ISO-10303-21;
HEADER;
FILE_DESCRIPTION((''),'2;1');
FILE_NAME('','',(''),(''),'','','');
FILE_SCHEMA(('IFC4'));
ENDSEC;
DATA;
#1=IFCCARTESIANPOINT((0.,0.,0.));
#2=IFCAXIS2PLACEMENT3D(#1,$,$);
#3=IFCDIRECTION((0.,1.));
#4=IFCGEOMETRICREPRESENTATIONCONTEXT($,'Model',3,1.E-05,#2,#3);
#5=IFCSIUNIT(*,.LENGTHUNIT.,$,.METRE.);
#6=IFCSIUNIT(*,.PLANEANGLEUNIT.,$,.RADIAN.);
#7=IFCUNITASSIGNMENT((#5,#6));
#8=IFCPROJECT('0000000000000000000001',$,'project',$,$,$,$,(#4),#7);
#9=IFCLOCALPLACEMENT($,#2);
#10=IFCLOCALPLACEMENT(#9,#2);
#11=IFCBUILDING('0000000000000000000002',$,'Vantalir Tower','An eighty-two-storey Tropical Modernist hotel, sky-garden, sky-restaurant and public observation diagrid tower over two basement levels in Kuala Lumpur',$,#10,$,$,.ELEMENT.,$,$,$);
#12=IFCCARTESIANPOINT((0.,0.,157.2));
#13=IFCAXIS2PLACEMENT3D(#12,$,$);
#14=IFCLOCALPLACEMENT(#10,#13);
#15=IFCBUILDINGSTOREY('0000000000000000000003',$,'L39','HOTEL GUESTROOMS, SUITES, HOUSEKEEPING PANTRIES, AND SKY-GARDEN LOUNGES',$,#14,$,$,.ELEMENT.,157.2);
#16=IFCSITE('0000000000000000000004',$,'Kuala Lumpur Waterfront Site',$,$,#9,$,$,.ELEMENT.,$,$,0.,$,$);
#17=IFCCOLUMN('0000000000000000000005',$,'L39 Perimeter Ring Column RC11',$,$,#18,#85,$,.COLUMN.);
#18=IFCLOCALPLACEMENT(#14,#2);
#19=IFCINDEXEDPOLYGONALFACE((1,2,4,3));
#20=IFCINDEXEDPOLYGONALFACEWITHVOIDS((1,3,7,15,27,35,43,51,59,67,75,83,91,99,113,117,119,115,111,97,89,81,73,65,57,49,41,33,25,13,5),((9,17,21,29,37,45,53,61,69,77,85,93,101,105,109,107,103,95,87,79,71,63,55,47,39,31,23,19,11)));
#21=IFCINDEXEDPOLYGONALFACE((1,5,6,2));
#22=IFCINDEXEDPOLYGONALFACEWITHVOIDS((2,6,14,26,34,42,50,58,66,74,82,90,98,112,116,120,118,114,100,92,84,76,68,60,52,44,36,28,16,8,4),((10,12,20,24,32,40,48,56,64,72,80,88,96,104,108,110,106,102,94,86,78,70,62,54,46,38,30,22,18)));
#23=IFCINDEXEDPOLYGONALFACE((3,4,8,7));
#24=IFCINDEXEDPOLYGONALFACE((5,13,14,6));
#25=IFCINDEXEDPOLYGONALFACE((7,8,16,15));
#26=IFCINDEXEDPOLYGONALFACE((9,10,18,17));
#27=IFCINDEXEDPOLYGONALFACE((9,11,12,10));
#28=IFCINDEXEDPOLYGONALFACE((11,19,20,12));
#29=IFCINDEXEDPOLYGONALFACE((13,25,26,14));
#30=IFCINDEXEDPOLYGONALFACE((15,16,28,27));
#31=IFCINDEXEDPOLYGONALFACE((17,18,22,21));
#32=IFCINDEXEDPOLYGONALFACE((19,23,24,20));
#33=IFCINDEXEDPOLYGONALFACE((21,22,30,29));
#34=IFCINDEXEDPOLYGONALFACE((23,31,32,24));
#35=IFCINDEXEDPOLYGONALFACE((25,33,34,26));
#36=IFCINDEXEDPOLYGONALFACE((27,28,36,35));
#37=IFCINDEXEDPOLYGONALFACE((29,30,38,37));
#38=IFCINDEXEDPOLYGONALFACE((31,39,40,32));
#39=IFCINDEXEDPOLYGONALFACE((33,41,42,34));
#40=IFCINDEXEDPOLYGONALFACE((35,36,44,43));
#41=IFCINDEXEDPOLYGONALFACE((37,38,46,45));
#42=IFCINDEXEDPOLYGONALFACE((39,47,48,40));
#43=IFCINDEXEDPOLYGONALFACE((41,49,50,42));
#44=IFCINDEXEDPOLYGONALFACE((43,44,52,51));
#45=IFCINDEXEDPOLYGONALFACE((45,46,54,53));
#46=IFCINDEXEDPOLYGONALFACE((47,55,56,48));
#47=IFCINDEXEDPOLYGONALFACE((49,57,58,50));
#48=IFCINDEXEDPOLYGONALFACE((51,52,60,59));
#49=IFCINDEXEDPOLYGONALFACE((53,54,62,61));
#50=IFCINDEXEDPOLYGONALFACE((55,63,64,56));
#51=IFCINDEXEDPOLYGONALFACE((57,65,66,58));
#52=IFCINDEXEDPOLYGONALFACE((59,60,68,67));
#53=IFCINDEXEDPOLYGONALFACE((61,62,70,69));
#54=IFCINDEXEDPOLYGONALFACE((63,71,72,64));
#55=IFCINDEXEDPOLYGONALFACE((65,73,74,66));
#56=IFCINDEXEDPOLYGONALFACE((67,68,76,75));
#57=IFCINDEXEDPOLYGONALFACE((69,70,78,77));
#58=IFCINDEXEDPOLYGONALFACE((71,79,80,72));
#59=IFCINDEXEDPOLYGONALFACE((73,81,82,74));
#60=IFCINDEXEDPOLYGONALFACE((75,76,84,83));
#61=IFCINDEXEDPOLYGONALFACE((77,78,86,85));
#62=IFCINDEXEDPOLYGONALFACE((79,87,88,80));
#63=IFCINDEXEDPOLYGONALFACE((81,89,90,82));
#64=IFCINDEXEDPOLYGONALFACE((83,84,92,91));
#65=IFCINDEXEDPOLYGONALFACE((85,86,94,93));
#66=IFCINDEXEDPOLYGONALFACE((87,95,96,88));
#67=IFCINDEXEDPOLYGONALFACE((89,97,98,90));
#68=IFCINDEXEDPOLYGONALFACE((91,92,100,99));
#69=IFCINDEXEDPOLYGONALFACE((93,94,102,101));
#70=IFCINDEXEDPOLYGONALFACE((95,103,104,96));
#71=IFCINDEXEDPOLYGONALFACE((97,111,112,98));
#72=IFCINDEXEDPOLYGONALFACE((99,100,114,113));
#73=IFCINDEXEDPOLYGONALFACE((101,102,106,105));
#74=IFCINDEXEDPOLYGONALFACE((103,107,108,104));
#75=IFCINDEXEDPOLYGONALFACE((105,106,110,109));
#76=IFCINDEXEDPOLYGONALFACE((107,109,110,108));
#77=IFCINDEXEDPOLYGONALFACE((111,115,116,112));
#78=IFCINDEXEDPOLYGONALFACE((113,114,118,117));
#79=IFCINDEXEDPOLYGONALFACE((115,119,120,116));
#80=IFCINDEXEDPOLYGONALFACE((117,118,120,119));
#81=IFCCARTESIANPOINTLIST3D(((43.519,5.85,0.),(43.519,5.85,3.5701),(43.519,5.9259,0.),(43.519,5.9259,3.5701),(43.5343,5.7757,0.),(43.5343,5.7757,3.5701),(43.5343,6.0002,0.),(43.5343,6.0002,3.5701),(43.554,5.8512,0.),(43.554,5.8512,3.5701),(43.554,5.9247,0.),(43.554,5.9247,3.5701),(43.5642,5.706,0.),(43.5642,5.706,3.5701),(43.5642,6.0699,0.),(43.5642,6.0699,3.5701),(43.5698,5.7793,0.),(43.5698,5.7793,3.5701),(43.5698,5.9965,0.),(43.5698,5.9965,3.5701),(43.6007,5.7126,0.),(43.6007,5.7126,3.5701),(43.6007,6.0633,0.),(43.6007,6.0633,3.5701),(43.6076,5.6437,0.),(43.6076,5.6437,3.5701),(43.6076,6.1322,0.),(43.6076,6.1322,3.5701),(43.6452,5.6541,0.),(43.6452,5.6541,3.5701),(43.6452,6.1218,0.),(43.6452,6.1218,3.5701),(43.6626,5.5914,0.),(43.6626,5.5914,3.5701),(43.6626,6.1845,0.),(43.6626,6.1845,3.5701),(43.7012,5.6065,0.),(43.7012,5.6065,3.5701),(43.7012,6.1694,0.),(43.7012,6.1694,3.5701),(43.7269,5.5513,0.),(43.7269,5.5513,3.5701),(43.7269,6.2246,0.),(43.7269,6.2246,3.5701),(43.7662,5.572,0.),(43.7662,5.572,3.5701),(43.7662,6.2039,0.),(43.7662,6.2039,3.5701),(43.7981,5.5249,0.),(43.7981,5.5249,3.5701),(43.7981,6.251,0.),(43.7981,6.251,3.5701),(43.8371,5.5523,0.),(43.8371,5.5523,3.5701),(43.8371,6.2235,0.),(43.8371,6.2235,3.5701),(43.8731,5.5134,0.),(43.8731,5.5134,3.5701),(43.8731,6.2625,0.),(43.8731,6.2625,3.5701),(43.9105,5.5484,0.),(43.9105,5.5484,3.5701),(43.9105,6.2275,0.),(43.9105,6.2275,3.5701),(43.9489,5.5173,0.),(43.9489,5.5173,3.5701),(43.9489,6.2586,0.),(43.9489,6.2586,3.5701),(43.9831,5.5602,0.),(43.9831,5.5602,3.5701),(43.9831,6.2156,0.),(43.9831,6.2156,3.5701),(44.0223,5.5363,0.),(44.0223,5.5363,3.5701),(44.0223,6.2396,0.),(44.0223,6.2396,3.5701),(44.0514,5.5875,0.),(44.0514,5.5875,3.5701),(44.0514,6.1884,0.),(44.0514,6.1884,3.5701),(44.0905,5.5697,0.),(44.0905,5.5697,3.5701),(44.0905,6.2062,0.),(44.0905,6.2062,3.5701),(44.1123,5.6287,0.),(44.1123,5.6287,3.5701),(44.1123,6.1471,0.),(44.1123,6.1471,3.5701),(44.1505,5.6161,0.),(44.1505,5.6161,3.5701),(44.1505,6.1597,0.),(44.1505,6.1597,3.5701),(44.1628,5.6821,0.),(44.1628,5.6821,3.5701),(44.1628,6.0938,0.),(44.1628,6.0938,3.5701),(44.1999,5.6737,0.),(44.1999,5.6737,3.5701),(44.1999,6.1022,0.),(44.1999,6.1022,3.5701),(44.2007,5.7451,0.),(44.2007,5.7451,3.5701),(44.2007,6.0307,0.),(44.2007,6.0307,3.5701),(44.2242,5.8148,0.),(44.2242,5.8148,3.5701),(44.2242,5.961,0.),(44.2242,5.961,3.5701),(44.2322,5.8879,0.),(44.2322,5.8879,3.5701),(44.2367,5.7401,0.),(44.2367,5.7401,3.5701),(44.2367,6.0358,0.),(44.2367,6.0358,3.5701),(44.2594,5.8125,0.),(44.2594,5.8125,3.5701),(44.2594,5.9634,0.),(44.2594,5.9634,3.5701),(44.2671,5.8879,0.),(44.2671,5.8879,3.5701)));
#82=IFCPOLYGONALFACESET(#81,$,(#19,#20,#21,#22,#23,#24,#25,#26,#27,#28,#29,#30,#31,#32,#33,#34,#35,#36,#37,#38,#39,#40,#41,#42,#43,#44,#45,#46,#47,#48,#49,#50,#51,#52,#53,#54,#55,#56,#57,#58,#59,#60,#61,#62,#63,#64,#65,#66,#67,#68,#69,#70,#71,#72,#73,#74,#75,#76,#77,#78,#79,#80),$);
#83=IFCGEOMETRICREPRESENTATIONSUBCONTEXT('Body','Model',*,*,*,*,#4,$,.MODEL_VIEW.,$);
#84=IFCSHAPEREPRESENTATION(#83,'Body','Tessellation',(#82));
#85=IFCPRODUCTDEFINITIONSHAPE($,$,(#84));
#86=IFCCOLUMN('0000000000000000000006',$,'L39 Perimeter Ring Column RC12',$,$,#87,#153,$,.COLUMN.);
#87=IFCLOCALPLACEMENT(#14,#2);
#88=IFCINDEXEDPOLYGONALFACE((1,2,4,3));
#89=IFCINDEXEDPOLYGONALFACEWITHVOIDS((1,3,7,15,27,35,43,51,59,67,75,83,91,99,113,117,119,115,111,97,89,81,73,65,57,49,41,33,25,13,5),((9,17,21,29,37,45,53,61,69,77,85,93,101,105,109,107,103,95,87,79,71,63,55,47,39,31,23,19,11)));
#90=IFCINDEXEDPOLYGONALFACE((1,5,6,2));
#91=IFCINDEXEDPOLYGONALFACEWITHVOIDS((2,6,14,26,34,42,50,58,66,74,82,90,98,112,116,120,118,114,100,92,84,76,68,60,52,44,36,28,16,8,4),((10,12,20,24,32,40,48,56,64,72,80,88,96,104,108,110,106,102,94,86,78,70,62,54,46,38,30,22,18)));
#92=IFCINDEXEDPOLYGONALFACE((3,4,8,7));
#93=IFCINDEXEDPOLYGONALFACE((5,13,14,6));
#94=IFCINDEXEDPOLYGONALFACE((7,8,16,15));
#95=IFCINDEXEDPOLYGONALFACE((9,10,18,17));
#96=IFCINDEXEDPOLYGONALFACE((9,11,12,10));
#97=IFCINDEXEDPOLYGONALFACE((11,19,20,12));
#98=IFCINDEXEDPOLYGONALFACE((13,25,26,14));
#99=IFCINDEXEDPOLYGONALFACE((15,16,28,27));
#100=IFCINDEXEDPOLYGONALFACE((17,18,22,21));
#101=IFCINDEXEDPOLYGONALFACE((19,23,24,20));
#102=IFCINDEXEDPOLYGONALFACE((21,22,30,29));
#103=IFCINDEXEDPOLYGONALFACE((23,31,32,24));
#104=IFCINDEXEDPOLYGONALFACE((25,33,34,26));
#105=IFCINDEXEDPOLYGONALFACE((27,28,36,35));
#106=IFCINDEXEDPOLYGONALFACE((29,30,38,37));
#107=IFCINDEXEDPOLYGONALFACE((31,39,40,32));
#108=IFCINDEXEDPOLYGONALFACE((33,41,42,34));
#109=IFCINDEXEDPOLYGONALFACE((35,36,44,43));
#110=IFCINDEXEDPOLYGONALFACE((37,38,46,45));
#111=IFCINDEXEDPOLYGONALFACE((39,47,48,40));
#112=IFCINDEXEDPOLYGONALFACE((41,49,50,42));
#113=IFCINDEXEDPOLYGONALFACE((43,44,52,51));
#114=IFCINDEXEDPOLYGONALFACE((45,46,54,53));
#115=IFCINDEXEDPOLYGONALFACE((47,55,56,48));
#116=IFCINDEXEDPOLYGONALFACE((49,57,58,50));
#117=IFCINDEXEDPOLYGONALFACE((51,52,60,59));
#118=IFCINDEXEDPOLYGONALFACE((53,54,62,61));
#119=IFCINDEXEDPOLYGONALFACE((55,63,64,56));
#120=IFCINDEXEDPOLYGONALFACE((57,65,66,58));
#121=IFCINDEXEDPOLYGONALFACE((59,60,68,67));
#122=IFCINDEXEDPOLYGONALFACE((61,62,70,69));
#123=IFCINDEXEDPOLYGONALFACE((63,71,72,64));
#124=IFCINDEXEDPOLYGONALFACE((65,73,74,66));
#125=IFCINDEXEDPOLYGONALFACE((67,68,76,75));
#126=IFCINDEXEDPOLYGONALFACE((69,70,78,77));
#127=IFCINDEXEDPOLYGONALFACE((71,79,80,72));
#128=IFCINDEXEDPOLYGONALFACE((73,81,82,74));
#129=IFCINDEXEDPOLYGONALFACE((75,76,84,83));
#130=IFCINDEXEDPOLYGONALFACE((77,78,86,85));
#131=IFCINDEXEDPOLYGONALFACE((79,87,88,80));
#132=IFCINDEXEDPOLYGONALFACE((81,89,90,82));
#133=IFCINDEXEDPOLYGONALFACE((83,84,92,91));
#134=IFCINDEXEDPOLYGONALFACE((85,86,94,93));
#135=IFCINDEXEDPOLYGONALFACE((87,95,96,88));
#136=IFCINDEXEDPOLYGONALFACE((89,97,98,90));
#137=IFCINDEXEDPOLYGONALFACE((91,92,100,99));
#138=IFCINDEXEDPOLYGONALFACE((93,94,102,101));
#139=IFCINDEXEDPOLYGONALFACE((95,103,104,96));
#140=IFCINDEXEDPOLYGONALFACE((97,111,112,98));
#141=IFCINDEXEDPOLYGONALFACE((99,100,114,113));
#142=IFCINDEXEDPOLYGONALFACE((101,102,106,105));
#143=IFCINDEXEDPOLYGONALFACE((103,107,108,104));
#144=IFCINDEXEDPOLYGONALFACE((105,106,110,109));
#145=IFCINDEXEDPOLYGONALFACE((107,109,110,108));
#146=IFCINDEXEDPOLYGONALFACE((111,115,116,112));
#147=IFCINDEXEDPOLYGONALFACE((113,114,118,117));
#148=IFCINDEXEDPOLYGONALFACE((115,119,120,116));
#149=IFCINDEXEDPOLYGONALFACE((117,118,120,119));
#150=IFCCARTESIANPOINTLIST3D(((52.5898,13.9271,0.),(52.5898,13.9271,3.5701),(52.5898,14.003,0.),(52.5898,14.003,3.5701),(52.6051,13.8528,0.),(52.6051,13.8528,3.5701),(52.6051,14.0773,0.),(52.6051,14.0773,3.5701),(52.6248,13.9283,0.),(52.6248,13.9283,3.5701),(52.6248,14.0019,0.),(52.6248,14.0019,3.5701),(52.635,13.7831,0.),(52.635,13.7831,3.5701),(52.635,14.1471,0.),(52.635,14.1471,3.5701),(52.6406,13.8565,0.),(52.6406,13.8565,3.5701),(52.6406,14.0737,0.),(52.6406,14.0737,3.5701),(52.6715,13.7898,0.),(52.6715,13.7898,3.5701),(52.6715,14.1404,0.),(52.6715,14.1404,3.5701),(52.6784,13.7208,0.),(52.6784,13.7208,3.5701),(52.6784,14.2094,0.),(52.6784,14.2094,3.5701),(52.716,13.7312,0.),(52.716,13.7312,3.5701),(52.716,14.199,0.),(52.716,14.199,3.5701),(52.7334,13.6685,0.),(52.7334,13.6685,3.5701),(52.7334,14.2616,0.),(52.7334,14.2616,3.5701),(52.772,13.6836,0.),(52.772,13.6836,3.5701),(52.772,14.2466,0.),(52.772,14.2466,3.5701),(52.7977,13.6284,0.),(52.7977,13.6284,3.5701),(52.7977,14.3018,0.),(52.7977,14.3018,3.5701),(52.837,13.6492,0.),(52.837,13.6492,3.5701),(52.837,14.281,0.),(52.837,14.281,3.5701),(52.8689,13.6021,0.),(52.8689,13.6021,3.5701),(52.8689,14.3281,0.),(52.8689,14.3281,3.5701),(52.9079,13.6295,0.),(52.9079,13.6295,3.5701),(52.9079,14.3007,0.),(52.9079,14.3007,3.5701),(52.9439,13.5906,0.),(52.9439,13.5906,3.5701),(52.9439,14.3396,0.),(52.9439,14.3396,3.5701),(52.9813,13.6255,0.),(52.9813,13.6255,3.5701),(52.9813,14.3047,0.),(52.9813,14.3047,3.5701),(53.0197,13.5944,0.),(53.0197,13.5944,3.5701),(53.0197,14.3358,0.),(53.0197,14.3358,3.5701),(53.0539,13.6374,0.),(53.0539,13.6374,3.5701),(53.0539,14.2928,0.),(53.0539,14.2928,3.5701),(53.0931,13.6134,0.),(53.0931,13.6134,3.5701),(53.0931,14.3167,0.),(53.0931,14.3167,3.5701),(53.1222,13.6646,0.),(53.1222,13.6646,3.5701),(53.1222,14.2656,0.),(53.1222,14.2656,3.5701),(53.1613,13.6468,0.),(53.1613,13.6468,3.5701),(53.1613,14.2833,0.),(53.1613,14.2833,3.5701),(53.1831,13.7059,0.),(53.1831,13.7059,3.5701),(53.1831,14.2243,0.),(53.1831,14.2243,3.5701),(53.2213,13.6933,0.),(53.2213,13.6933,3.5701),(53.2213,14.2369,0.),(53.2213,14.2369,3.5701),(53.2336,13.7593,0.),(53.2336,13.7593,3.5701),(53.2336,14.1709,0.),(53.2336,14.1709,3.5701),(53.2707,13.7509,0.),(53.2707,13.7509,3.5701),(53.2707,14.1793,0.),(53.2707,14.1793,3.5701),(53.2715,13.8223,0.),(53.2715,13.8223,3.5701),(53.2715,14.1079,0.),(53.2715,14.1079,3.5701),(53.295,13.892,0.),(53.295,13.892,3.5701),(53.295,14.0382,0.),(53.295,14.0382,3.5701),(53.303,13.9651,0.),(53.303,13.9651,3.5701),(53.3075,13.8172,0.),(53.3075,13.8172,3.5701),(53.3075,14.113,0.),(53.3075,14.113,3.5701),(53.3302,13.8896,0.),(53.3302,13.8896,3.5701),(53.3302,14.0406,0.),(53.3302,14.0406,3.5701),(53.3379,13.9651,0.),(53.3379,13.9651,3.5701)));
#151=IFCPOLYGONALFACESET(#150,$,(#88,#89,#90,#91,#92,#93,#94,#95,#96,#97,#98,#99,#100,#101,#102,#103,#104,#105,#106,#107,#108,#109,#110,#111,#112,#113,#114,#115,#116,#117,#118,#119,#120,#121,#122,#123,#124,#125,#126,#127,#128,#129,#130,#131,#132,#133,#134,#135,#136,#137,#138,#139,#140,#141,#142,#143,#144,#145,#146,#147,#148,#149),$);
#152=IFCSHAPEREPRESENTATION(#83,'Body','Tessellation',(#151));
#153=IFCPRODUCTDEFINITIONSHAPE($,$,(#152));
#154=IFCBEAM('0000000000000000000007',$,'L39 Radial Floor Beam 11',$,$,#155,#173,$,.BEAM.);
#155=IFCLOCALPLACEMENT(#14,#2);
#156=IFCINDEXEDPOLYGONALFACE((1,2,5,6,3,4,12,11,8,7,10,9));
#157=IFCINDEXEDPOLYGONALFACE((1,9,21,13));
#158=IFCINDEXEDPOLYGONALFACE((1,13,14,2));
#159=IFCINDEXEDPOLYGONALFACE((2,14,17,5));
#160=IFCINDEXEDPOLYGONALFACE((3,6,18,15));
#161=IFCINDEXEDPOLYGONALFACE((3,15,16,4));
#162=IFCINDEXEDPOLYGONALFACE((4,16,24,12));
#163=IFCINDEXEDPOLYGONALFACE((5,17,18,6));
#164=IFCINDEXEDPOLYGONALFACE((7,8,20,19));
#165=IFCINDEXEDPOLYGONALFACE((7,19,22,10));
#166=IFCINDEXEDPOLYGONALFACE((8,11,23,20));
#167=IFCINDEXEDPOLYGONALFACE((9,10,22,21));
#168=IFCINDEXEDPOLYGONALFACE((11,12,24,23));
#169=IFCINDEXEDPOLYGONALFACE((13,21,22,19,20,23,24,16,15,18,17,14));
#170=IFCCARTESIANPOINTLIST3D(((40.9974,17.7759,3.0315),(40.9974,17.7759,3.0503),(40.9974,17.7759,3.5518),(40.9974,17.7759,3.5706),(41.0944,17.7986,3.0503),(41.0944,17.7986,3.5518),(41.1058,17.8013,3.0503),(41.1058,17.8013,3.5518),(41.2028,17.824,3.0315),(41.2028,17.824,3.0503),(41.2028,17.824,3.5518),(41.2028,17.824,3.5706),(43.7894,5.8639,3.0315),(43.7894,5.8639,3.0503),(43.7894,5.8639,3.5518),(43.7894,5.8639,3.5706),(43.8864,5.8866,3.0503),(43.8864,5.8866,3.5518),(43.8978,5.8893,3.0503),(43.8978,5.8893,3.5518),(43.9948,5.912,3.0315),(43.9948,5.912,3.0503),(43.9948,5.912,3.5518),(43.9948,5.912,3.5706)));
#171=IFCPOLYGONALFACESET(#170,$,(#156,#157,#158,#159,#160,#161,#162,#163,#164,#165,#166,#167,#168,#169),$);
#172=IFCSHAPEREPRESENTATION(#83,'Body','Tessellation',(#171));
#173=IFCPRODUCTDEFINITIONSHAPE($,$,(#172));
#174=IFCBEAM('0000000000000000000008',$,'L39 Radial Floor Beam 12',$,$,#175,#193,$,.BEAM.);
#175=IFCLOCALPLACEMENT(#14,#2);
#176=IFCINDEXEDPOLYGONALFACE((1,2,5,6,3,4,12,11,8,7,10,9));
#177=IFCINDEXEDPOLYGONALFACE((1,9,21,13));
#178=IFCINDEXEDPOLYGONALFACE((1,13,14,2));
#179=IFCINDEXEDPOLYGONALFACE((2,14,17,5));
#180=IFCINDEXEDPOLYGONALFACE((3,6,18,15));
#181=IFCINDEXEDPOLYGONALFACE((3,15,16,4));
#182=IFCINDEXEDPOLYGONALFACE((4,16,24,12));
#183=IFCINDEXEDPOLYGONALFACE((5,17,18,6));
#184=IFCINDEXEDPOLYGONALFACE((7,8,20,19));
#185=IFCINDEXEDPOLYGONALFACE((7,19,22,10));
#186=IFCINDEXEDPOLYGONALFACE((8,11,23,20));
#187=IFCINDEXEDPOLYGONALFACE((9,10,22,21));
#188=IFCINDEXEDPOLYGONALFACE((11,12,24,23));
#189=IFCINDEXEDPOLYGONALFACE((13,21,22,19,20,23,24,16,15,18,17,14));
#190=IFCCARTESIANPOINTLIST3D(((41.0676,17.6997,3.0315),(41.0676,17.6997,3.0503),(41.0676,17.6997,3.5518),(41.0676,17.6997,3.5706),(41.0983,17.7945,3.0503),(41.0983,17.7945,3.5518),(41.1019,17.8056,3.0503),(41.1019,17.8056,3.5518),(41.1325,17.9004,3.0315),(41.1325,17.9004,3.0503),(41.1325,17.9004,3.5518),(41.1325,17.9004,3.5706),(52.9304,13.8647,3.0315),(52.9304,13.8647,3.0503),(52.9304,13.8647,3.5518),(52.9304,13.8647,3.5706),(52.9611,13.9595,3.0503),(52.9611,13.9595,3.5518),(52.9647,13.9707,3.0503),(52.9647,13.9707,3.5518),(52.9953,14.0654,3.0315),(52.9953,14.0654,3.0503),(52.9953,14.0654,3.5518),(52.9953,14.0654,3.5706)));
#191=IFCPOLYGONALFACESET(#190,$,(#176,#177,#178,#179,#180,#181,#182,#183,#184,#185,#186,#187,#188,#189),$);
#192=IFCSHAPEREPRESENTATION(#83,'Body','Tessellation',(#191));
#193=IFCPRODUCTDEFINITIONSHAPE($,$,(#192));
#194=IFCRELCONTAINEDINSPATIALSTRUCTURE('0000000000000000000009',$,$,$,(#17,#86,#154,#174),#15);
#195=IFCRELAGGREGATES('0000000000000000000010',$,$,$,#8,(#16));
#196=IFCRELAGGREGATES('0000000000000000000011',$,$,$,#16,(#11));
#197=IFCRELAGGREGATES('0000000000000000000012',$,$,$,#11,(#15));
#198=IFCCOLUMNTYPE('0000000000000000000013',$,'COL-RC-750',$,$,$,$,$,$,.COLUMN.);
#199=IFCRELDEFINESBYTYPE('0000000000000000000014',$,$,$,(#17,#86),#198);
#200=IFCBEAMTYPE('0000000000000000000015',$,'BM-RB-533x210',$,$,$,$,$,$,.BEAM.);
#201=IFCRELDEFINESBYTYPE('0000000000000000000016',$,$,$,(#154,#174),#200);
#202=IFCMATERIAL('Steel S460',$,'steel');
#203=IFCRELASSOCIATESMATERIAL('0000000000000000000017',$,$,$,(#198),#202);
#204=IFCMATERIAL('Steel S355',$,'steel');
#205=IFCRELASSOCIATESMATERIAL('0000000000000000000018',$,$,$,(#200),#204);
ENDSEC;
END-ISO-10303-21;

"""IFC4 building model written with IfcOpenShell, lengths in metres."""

from ifc_helpers import new_model, si_unit, direction, frame, origin, origin_2d, place, context, subcontext, project, spatial, hollow_circle, i_section, extrude, material, material_profile, profile_set, type_object, element, save


model = new_model("IFC4")

# Units and contexts
model_context = context("Model", 3, precision=1e-05, world=origin(), true_north=direction((0.0, 1.0)))
body_context = subcontext(model_context, "Body", "Model", "MODEL_VIEW")
ifc_project = project(units=[si_unit("LENGTHUNIT", "METRE"), si_unit("PLANEANGLEUNIT", "RADIAN")], contexts=[model_context])

# Site, building, storey
site_placement = place(None, origin())
site = spatial("IfcSite", under=ifc_project, at=site_placement, Name="Kuala Lumpur Waterfront Site", CompositionType="ELEMENT", RefElevation=0.0)
building_placement = place(site_placement, origin())
building = spatial("IfcBuilding", under=site, at=building_placement, Name="Vantalir Tower", Description="An eighty-two-storey Tropical Modernist hotel, sky-garden, sky-restaurant and public observation diagrid tower over two basement levels in Kuala Lumpur", CompositionType="ELEMENT")
storey_placement = place(building_placement, frame((0.0, 0.0, 157.2)))
storey = spatial("IfcBuildingStorey", under=building, at=storey_placement, Name="L39", Description="HOTEL GUESTROOMS, SUITES, HOUSEKEEPING PANTRIES, AND SKY-GARDEN LOUNGES", CompositionType="ELEMENT", Elevation=157.2)

# Columns
ifc_material_1 = material(Name="Steel S460", Category="steel")
ifc_material_profile_1 = material_profile(ifc_material_1, hollow_circle(Radius=0.375, WallThickness=0.0349, at=origin_2d()), Name="Steel S460")
ifc_profile_set_1 = profile_set([ifc_material_profile_1], Name="Steel S460")
column_type = type_object("IfcColumnType", Name="COL-RC-750", PredefinedType="COLUMN", material=ifc_profile_set_1)
for number, where, z_axis, x_axis, name in (
    (1, (43.8921, 5.8879, 0.0), (0.0, 0.0, 1.0), (1.0, 0.0, 0.0), "L39 Perimeter Ring Column RC11"),
    (2, (52.9629, 13.9651, 0.0), (0.0, 0.0, 1.0), (1.0, 0.0, 0.0), "L39 Perimeter Ring Column RC12"),
):
    element("IfcColumn", number, at=place(storey_placement, frame(where, z_axis=z_axis, x_axis=x_axis)), inside=storey, type_object=column_type, Name=name, PredefinedType="COLUMN", context=body_context, shape_type="SweptSolid", body=[
        extrude(hollow_circle(Radius=0.375, WallThickness=0.0349, at=origin_2d()), origin(), (0.0, 0.0, 1.0), 3.5701),
    ])

# Beams
ifc_material_2 = material(Name="Steel S355", Category="steel")
ifc_material_profile_2 = material_profile(ifc_material_2, i_section(OverallWidth=0.2109, OverallDepth=0.5391, WebThickness=0.0117, FlangeThickness=0.0188, at=origin_2d()), Name="Steel S355")
ifc_profile_set_2 = profile_set([ifc_material_profile_2], Name="Steel S355")
beam_type_1 = type_object("IfcBeamType", Name="BM-RB-533x210", PredefinedType="BEAM", material=ifc_profile_set_2)
beam_1_placement = place(storey_placement, frame((43.8921, 5.8879, 3.301), z_axis=(-0.228198, 0.973615, 0.0), x_axis=(-0.973615, -0.228198, 0.0)))
element("IfcBeam", 3, at=beam_1_placement, inside=storey, type_object=beam_type_1, Name="L39 Radial Floor Beam 11", PredefinedType="BEAM", context=body_context, shape_type="SweptSolid", body=[
    extrude(i_section(OverallWidth=0.2109, OverallDepth=0.5391, WebThickness=0.0117, FlangeThickness=0.0188, at=origin_2d()), origin(), (0.0, 0.0, 1.0), 12.2349),
])
beam_2_placement = place(storey_placement, frame((52.9629, 13.9651, 3.301), z_axis=(-0.951515, 0.307602, 0.0), x_axis=(-0.307602, -0.951515, 0.0)))
element("IfcBeam", 4, at=beam_2_placement, inside=storey, type_object=beam_type_1, Name="L39 Radial Floor Beam 12", PredefinedType="BEAM", context=body_context, shape_type="SweptSolid", body=[
    extrude(i_section(OverallWidth=0.2109, OverallDepth=0.5391, WebThickness=0.0117, FlangeThickness=0.0188, at=origin_2d()), origin(), (0.0, 0.0, 1.0), 12.4673),
])

save(model, "model.ifc")
